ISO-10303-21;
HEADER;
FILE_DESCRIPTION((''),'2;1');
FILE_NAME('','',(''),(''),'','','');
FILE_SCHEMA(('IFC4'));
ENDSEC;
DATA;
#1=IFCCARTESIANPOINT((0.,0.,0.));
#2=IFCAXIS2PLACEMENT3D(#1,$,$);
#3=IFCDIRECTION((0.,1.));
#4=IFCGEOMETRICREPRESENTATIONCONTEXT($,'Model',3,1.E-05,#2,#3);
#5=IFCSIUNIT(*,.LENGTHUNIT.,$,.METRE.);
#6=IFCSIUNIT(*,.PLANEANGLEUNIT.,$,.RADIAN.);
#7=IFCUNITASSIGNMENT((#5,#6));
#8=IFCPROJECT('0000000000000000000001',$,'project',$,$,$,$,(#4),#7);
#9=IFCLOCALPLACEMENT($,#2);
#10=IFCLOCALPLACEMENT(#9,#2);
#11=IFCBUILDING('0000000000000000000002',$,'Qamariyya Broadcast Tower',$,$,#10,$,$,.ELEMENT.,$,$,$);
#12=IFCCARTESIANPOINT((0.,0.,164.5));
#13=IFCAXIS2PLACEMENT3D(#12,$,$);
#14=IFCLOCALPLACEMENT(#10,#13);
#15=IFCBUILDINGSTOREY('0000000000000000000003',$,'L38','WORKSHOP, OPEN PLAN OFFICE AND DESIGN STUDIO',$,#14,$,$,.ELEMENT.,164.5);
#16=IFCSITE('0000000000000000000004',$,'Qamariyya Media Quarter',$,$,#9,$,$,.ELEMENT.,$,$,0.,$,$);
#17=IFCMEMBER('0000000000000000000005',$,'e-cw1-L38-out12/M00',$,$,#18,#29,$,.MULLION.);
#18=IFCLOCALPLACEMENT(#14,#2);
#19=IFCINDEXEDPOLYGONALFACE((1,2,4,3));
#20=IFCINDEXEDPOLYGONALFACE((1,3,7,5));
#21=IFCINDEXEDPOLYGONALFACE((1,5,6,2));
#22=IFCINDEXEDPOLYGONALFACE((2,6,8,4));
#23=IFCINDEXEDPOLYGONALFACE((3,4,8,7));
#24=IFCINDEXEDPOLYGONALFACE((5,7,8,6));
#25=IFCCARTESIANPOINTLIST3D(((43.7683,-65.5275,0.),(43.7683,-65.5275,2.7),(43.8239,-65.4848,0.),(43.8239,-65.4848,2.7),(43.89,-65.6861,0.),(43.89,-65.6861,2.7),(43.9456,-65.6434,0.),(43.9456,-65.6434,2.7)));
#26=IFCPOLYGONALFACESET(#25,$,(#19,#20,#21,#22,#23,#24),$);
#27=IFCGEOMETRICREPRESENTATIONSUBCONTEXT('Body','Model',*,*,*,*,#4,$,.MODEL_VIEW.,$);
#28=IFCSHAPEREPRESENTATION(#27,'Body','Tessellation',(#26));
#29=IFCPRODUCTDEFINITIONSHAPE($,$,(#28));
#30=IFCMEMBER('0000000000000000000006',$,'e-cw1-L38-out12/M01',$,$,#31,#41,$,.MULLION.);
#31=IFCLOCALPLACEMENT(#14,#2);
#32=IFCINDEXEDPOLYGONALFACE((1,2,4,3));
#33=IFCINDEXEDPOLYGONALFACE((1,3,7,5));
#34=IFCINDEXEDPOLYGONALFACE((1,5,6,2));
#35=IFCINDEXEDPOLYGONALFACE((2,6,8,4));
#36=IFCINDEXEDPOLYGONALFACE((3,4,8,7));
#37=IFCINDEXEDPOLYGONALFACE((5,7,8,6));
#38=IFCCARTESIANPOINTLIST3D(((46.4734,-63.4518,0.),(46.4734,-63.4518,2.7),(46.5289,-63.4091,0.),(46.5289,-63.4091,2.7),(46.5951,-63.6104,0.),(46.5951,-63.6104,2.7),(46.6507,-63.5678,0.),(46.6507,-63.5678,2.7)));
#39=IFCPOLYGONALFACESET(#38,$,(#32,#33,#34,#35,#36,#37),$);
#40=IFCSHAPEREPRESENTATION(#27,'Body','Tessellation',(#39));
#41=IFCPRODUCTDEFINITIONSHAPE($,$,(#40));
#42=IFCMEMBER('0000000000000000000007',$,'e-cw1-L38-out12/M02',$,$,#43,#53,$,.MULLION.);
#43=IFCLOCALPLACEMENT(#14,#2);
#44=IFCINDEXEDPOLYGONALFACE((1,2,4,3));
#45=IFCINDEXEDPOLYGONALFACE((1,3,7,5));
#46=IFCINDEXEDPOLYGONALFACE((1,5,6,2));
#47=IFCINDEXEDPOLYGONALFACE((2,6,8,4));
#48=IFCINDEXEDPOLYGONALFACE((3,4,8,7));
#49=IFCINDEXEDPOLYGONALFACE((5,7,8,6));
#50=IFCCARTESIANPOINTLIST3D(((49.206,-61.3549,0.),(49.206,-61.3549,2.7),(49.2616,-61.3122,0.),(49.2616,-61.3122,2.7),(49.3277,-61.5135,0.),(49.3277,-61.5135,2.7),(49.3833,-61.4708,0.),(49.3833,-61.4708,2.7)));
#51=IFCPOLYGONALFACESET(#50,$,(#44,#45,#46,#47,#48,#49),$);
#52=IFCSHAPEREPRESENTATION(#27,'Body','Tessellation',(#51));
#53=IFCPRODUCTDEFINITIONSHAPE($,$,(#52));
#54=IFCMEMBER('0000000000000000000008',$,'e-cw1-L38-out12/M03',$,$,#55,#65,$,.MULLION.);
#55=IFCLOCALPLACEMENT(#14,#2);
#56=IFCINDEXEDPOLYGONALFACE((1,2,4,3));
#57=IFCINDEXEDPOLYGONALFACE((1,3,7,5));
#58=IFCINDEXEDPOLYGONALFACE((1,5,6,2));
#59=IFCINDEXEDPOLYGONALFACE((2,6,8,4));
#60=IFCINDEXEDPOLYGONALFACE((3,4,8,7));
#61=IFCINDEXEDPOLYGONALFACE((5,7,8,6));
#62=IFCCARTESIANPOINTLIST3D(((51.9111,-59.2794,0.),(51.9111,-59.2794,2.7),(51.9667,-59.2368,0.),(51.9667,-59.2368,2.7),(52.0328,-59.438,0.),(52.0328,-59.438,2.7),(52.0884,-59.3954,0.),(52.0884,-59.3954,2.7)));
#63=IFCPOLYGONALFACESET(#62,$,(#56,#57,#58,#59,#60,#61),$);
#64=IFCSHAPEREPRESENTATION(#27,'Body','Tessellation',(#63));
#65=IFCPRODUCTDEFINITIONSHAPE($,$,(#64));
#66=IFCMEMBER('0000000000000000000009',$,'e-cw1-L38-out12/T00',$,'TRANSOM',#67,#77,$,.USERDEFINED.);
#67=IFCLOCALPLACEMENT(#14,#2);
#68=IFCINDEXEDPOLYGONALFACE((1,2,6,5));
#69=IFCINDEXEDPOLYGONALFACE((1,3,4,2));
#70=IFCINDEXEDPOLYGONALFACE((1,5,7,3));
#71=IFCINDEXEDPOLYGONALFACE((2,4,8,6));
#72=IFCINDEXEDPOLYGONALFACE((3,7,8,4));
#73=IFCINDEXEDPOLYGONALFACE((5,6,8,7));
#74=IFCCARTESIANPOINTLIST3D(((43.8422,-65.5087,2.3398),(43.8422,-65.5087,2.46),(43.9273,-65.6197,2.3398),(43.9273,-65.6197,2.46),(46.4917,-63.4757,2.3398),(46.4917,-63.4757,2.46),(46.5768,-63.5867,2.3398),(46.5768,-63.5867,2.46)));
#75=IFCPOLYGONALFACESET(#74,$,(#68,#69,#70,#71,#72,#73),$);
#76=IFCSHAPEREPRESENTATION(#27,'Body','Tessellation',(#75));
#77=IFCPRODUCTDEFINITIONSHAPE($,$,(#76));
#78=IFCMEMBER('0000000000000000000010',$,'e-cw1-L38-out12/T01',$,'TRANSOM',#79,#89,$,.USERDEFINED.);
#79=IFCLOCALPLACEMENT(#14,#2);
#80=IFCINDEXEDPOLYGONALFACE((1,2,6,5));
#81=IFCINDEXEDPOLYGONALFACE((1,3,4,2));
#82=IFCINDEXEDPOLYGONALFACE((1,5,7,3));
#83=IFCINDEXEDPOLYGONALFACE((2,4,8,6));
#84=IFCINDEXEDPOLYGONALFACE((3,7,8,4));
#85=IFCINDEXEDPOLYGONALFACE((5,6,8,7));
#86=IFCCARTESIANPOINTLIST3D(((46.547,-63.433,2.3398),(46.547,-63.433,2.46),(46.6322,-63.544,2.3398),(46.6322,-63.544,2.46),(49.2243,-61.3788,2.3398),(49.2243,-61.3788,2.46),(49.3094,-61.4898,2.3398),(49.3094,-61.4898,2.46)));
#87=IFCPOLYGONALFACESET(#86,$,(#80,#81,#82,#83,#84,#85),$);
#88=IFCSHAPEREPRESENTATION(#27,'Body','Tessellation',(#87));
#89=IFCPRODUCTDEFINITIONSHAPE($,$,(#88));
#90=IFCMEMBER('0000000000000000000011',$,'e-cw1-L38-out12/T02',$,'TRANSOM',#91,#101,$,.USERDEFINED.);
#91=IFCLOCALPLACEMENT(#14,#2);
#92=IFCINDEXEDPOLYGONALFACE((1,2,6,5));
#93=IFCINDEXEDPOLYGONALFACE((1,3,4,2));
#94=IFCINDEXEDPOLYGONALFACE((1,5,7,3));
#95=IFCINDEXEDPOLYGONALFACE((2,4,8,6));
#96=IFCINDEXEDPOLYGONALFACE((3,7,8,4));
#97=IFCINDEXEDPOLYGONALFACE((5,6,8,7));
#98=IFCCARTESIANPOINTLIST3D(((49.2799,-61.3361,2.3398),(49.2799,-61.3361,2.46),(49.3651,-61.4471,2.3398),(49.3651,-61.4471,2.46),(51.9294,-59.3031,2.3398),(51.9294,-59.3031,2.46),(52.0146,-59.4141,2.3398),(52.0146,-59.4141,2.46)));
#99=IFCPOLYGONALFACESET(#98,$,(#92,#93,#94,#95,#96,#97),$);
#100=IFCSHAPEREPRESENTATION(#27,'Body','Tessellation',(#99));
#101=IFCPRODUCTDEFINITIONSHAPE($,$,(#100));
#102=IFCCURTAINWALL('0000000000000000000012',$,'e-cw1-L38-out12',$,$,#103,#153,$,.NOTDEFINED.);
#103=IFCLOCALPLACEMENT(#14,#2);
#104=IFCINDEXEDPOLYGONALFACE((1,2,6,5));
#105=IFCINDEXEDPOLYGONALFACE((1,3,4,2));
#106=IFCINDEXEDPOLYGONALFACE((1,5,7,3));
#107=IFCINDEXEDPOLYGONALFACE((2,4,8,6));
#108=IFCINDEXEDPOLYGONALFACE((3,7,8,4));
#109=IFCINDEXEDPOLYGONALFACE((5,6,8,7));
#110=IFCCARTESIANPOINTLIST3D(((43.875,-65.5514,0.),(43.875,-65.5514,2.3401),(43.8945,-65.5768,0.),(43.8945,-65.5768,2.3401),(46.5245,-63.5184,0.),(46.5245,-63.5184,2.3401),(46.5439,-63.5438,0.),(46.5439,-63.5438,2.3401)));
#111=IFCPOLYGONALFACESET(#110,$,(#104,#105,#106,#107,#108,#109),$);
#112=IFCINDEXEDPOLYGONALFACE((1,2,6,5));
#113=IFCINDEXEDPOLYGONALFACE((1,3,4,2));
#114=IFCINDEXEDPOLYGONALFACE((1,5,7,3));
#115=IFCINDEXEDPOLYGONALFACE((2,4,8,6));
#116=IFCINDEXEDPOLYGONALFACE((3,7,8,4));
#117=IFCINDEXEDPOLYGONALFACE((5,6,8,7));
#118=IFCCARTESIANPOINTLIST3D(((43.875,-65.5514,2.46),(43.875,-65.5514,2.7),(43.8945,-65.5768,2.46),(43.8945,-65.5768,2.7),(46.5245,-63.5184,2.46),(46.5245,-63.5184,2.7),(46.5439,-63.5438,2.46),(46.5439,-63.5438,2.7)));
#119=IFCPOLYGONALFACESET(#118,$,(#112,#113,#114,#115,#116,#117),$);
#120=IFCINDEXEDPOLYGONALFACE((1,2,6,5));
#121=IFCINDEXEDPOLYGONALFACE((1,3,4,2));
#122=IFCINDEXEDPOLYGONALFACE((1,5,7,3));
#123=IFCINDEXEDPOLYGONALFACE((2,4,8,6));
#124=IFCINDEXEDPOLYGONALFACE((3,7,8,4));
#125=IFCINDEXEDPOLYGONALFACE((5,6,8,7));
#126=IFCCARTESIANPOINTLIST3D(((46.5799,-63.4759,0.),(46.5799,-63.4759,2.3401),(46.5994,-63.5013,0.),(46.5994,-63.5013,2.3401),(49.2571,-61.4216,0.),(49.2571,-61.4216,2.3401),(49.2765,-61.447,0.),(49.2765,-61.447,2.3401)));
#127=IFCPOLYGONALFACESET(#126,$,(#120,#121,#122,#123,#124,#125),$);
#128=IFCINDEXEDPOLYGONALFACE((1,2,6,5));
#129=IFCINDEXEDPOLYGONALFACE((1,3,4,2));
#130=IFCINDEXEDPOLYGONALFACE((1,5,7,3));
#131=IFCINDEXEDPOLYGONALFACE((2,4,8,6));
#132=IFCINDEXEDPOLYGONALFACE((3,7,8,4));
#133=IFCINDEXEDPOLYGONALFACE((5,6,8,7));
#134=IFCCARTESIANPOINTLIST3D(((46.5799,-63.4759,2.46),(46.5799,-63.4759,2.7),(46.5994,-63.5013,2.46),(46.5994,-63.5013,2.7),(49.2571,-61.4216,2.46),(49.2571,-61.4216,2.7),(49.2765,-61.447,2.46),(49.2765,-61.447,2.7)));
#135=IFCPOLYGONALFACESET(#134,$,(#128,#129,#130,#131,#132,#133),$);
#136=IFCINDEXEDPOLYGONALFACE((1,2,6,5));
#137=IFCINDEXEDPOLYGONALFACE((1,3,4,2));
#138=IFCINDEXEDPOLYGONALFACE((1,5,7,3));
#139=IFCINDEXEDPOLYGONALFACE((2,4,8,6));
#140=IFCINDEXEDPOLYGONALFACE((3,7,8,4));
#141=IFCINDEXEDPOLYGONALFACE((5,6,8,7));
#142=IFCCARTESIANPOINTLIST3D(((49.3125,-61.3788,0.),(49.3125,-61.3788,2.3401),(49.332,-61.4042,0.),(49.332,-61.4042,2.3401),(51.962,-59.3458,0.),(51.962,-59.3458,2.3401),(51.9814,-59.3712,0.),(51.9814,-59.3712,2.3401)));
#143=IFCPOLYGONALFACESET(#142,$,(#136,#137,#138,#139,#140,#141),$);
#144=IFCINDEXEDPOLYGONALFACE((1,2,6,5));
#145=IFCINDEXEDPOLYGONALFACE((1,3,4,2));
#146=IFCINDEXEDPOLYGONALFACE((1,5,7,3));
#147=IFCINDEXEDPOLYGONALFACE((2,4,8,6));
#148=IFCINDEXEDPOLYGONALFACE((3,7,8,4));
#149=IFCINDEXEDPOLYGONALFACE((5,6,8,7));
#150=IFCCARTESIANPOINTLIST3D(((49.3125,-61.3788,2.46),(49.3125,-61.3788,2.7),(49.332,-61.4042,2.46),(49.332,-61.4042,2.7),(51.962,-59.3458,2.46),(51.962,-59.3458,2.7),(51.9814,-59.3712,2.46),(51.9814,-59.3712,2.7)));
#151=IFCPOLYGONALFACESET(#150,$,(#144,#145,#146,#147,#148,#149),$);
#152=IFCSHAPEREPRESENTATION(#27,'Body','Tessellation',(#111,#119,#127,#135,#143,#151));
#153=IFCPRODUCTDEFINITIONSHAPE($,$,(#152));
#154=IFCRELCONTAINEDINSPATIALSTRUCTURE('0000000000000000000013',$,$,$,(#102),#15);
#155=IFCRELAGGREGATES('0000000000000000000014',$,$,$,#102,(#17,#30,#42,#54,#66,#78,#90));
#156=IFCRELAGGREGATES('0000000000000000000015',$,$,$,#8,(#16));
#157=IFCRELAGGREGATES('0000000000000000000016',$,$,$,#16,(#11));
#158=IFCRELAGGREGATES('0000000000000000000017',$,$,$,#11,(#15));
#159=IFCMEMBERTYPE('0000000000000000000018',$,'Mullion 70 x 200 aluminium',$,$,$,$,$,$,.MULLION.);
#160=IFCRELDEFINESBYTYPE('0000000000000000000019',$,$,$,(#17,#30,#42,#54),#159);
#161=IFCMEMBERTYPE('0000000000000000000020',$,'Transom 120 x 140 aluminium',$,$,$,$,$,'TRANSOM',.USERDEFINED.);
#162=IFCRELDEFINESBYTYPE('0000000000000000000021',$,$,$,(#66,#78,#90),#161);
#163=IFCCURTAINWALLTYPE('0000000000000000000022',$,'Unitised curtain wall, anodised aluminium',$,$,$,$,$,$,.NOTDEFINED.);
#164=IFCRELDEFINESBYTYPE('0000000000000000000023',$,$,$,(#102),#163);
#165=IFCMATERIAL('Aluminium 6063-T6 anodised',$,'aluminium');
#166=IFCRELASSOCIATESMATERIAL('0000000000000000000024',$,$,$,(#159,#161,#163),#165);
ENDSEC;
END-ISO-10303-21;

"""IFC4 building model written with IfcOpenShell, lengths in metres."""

from ifc_helpers import new_model, si_unit, direction, frame, origin, origin_2d, place, context, subcontext, project, spatial, rectangle, extrude, material, material_profile, profile_set, type_object, element, aggregate, save


model = new_model("IFC4")

# Units and contexts
model_context = context("Model", 3, precision=1e-05, world=origin(), true_north=direction((0.0, 1.0)))
body_context = subcontext(model_context, "Body", "Model", "MODEL_VIEW")
ifc_project = project(units=[si_unit("LENGTHUNIT", "METRE"), si_unit("PLANEANGLEUNIT", "RADIAN")], contexts=[model_context])

# Members
ifc_material = material(Name="Aluminium 6063-T6 anodised", Category="aluminium")
ifc_material_profile_1 = material_profile(ifc_material, rectangle(XDim=0.2, YDim=0.0701, at=origin_2d()))
ifc_profile_set_1 = profile_set([ifc_material_profile_1], Name="Aluminium 6063-T6 anodised")
member_type_1 = type_object("IfcMemberType", Name="Mullion 70 x 200 aluminium", PredefinedType="MULLION", material=ifc_profile_set_1)
site_placement = place(None, origin())
building_placement = place(site_placement, origin())
storey_placement = place(building_placement, frame((0.0, 0.0, 164.5)))
member_1_placement = place(storey_placement, frame((43.8569, -65.5854, 0.0), z_axis=(0.0, 0.0, 1.0), x_axis=(-0.608761, 0.793353, 0.0)))
member_1 = element("IfcMember", 1, at=member_1_placement, type_object=member_type_1, Name="e-cw1-L38-out12/M00", PredefinedType="MULLION", context=body_context, shape_type="SweptSolid", body=[
    extrude(rectangle(XDim=0.2, YDim=0.0701, at=origin_2d()), origin(), (0.0, 0.0, 1.0), 2.7),
])
member_2_placement = place(storey_placement, frame((46.562, -63.5098, 0.0), z_axis=(0.0, 0.0, 1.0), x_axis=(-0.608761, 0.793353, 0.0)))
member_2 = element("IfcMember", 2, at=member_2_placement, type_object=member_type_1, Name="e-cw1-L38-out12/M01", PredefinedType="MULLION", context=body_context, shape_type="SweptSolid", body=[
    extrude(rectangle(XDim=0.2, YDim=0.0701, at=origin_2d()), origin(), (0.0, 0.0, 1.0), 2.7),
])
member_3_placement = place(storey_placement, frame((49.2947, -61.4128, 0.0), z_axis=(0.0, 0.0, 1.0), x_axis=(-0.608761, 0.793353, 0.0)))
member_3 = element("IfcMember", 3, at=member_3_placement, type_object=member_type_1, Name="e-cw1-L38-out12/M02", PredefinedType="MULLION", context=body_context, shape_type="SweptSolid", body=[
    extrude(rectangle(XDim=0.2, YDim=0.0701, at=origin_2d()), origin(), (0.0, 0.0, 1.0), 2.7),
])
member_4_placement = place(storey_placement, frame((51.9998, -59.3374, 0.0), z_axis=(0.0, 0.0, 1.0), x_axis=(-0.608761, 0.793353, 0.0)))
member_4 = element("IfcMember", 4, at=member_4_placement, type_object=member_type_1, Name="e-cw1-L38-out12/M03", PredefinedType="MULLION", context=body_context, shape_type="SweptSolid", body=[
    extrude(rectangle(XDim=0.2, YDim=0.0701, at=origin_2d()), origin(), (0.0, 0.0, 1.0), 2.7),
])
ifc_material_profile_2 = material_profile(ifc_material, rectangle(XDim=0.1399, YDim=0.1201, at=origin_2d()))
ifc_profile_set_2 = profile_set([ifc_material_profile_2], Name="Aluminium 6063-T6 anodised")
member_type_2 = type_object("IfcMemberType", Name="Transom 120 x 140 aluminium", ElementType="TRANSOM", PredefinedType="USERDEFINED", material=ifc_profile_set_2)
member_5_placement = place(storey_placement, frame((43.8848, -65.5642, 2.3999), z_axis=(0.793354, 0.60876, 0.0), x_axis=(-0.60876, 0.793354, 0.0)))
member_5 = element("IfcMember", 5, at=member_5_placement, type_object=member_type_2, Name="e-cw1-L38-out12/T00", ObjectType="TRANSOM", PredefinedType="USERDEFINED", context=body_context, shape_type="SweptSolid", body=[
    extrude(rectangle(XDim=0.1399, YDim=0.1201, at=origin_2d()), origin(), (0.0, 0.0, 1.0), 3.3396),
])
member_6_placement = place(storey_placement, frame((46.5896, -63.4885, 2.3999), z_axis=(0.793371, 0.608738, 0.0), x_axis=(-0.608738, 0.793371, 0.0)))
member_6 = element("IfcMember", 6, at=member_6_placement, type_object=member_type_2, Name="e-cw1-L38-out12/T01", ObjectType="TRANSOM", PredefinedType="USERDEFINED", context=body_context, shape_type="SweptSolid", body=[
    extrude(rectangle(XDim=0.1399, YDim=0.1201, at=origin_2d()), origin(), (0.0, 0.0, 1.0), 3.3745),
])
member_7_placement = place(storey_placement, frame((49.3225, -61.3916, 2.3999), z_axis=(0.793354, 0.60876, 0.0), x_axis=(-0.60876, 0.793354, 0.0)))
member_7 = element("IfcMember", 7, at=member_7_placement, type_object=member_type_2, Name="e-cw1-L38-out12/T02", ObjectType="TRANSOM", PredefinedType="USERDEFINED", context=body_context, shape_type="SweptSolid", body=[
    extrude(rectangle(XDim=0.1399, YDim=0.1201, at=origin_2d()), origin(), (0.0, 0.0, 1.0), 3.3396),
])

# Site, building, storey
site = spatial("IfcSite", under=ifc_project, at=site_placement, Name="Qamariyya Media Quarter", CompositionType="ELEMENT", RefElevation=0.0)
building = spatial("IfcBuilding", under=site, at=building_placement, Name="Qamariyya Broadcast Tower", CompositionType="ELEMENT")
storey = spatial("IfcBuildingStorey", under=building, at=storey_placement, Name="L38", Description="WORKSHOP, OPEN PLAN OFFICE AND DESIGN STUDIO", CompositionType="ELEMENT", Elevation=164.5)

# Curtain wall
curtain_wall_type = type_object("IfcCurtainWallType", Name="Unitised curtain wall, anodised aluminium", PredefinedType="NOTDEFINED", material=ifc_material)
curtain_wall_1_placement = place(storey_placement, origin())
curtain_wall_1 = element("IfcCurtainWall", 8, at=curtain_wall_1_placement, inside=storey, type_object=curtain_wall_type, Name="e-cw1-L38-out12", PredefinedType="NOTDEFINED", context=body_context, shape_type="SweptSolid", body=[
    extrude(rectangle(XDim=3.3396, YDim=0.032, at=origin_2d()), frame((45.2095, -64.5476, 0.0), x_axis=(0.793352, 0.608764, 0.0)), (0.0, 0.0, 1.0), 2.3401),
    extrude(rectangle(XDim=3.3396, YDim=0.032, at=origin_2d()), frame((45.2095, -64.5476, 2.46), x_axis=(0.793352, 0.608764, 0.0)), (0.0, 0.0, 1.0), 0.24),
    extrude(rectangle(XDim=3.3745, YDim=0.032, at=origin_2d()), frame((47.9282, -62.4614, 0.0), x_axis=(0.793352, 0.608764, 0.0)), (0.0, 0.0, 1.0), 2.3401),
    extrude(rectangle(XDim=3.3745, YDim=0.032, at=origin_2d()), frame((47.9282, -62.4614, 2.46), x_axis=(0.793352, 0.608764, 0.0)), (0.0, 0.0, 1.0), 0.24),
    extrude(rectangle(XDim=3.3396, YDim=0.032, at=origin_2d()), frame((50.647, -60.375, 0.0), x_axis=(0.793352, 0.608764, 0.0)), (0.0, 0.0, 1.0), 2.3401),
    extrude(rectangle(XDim=3.3396, YDim=0.032, at=origin_2d()), frame((50.647, -60.375, 2.46), x_axis=(0.793352, 0.608764, 0.0)), (0.0, 0.0, 1.0), 0.24),
])
aggregate(curtain_wall_1, [member_1, member_2, member_3, member_4, member_5, member_6, member_7])

save(model, "model.ifc")
